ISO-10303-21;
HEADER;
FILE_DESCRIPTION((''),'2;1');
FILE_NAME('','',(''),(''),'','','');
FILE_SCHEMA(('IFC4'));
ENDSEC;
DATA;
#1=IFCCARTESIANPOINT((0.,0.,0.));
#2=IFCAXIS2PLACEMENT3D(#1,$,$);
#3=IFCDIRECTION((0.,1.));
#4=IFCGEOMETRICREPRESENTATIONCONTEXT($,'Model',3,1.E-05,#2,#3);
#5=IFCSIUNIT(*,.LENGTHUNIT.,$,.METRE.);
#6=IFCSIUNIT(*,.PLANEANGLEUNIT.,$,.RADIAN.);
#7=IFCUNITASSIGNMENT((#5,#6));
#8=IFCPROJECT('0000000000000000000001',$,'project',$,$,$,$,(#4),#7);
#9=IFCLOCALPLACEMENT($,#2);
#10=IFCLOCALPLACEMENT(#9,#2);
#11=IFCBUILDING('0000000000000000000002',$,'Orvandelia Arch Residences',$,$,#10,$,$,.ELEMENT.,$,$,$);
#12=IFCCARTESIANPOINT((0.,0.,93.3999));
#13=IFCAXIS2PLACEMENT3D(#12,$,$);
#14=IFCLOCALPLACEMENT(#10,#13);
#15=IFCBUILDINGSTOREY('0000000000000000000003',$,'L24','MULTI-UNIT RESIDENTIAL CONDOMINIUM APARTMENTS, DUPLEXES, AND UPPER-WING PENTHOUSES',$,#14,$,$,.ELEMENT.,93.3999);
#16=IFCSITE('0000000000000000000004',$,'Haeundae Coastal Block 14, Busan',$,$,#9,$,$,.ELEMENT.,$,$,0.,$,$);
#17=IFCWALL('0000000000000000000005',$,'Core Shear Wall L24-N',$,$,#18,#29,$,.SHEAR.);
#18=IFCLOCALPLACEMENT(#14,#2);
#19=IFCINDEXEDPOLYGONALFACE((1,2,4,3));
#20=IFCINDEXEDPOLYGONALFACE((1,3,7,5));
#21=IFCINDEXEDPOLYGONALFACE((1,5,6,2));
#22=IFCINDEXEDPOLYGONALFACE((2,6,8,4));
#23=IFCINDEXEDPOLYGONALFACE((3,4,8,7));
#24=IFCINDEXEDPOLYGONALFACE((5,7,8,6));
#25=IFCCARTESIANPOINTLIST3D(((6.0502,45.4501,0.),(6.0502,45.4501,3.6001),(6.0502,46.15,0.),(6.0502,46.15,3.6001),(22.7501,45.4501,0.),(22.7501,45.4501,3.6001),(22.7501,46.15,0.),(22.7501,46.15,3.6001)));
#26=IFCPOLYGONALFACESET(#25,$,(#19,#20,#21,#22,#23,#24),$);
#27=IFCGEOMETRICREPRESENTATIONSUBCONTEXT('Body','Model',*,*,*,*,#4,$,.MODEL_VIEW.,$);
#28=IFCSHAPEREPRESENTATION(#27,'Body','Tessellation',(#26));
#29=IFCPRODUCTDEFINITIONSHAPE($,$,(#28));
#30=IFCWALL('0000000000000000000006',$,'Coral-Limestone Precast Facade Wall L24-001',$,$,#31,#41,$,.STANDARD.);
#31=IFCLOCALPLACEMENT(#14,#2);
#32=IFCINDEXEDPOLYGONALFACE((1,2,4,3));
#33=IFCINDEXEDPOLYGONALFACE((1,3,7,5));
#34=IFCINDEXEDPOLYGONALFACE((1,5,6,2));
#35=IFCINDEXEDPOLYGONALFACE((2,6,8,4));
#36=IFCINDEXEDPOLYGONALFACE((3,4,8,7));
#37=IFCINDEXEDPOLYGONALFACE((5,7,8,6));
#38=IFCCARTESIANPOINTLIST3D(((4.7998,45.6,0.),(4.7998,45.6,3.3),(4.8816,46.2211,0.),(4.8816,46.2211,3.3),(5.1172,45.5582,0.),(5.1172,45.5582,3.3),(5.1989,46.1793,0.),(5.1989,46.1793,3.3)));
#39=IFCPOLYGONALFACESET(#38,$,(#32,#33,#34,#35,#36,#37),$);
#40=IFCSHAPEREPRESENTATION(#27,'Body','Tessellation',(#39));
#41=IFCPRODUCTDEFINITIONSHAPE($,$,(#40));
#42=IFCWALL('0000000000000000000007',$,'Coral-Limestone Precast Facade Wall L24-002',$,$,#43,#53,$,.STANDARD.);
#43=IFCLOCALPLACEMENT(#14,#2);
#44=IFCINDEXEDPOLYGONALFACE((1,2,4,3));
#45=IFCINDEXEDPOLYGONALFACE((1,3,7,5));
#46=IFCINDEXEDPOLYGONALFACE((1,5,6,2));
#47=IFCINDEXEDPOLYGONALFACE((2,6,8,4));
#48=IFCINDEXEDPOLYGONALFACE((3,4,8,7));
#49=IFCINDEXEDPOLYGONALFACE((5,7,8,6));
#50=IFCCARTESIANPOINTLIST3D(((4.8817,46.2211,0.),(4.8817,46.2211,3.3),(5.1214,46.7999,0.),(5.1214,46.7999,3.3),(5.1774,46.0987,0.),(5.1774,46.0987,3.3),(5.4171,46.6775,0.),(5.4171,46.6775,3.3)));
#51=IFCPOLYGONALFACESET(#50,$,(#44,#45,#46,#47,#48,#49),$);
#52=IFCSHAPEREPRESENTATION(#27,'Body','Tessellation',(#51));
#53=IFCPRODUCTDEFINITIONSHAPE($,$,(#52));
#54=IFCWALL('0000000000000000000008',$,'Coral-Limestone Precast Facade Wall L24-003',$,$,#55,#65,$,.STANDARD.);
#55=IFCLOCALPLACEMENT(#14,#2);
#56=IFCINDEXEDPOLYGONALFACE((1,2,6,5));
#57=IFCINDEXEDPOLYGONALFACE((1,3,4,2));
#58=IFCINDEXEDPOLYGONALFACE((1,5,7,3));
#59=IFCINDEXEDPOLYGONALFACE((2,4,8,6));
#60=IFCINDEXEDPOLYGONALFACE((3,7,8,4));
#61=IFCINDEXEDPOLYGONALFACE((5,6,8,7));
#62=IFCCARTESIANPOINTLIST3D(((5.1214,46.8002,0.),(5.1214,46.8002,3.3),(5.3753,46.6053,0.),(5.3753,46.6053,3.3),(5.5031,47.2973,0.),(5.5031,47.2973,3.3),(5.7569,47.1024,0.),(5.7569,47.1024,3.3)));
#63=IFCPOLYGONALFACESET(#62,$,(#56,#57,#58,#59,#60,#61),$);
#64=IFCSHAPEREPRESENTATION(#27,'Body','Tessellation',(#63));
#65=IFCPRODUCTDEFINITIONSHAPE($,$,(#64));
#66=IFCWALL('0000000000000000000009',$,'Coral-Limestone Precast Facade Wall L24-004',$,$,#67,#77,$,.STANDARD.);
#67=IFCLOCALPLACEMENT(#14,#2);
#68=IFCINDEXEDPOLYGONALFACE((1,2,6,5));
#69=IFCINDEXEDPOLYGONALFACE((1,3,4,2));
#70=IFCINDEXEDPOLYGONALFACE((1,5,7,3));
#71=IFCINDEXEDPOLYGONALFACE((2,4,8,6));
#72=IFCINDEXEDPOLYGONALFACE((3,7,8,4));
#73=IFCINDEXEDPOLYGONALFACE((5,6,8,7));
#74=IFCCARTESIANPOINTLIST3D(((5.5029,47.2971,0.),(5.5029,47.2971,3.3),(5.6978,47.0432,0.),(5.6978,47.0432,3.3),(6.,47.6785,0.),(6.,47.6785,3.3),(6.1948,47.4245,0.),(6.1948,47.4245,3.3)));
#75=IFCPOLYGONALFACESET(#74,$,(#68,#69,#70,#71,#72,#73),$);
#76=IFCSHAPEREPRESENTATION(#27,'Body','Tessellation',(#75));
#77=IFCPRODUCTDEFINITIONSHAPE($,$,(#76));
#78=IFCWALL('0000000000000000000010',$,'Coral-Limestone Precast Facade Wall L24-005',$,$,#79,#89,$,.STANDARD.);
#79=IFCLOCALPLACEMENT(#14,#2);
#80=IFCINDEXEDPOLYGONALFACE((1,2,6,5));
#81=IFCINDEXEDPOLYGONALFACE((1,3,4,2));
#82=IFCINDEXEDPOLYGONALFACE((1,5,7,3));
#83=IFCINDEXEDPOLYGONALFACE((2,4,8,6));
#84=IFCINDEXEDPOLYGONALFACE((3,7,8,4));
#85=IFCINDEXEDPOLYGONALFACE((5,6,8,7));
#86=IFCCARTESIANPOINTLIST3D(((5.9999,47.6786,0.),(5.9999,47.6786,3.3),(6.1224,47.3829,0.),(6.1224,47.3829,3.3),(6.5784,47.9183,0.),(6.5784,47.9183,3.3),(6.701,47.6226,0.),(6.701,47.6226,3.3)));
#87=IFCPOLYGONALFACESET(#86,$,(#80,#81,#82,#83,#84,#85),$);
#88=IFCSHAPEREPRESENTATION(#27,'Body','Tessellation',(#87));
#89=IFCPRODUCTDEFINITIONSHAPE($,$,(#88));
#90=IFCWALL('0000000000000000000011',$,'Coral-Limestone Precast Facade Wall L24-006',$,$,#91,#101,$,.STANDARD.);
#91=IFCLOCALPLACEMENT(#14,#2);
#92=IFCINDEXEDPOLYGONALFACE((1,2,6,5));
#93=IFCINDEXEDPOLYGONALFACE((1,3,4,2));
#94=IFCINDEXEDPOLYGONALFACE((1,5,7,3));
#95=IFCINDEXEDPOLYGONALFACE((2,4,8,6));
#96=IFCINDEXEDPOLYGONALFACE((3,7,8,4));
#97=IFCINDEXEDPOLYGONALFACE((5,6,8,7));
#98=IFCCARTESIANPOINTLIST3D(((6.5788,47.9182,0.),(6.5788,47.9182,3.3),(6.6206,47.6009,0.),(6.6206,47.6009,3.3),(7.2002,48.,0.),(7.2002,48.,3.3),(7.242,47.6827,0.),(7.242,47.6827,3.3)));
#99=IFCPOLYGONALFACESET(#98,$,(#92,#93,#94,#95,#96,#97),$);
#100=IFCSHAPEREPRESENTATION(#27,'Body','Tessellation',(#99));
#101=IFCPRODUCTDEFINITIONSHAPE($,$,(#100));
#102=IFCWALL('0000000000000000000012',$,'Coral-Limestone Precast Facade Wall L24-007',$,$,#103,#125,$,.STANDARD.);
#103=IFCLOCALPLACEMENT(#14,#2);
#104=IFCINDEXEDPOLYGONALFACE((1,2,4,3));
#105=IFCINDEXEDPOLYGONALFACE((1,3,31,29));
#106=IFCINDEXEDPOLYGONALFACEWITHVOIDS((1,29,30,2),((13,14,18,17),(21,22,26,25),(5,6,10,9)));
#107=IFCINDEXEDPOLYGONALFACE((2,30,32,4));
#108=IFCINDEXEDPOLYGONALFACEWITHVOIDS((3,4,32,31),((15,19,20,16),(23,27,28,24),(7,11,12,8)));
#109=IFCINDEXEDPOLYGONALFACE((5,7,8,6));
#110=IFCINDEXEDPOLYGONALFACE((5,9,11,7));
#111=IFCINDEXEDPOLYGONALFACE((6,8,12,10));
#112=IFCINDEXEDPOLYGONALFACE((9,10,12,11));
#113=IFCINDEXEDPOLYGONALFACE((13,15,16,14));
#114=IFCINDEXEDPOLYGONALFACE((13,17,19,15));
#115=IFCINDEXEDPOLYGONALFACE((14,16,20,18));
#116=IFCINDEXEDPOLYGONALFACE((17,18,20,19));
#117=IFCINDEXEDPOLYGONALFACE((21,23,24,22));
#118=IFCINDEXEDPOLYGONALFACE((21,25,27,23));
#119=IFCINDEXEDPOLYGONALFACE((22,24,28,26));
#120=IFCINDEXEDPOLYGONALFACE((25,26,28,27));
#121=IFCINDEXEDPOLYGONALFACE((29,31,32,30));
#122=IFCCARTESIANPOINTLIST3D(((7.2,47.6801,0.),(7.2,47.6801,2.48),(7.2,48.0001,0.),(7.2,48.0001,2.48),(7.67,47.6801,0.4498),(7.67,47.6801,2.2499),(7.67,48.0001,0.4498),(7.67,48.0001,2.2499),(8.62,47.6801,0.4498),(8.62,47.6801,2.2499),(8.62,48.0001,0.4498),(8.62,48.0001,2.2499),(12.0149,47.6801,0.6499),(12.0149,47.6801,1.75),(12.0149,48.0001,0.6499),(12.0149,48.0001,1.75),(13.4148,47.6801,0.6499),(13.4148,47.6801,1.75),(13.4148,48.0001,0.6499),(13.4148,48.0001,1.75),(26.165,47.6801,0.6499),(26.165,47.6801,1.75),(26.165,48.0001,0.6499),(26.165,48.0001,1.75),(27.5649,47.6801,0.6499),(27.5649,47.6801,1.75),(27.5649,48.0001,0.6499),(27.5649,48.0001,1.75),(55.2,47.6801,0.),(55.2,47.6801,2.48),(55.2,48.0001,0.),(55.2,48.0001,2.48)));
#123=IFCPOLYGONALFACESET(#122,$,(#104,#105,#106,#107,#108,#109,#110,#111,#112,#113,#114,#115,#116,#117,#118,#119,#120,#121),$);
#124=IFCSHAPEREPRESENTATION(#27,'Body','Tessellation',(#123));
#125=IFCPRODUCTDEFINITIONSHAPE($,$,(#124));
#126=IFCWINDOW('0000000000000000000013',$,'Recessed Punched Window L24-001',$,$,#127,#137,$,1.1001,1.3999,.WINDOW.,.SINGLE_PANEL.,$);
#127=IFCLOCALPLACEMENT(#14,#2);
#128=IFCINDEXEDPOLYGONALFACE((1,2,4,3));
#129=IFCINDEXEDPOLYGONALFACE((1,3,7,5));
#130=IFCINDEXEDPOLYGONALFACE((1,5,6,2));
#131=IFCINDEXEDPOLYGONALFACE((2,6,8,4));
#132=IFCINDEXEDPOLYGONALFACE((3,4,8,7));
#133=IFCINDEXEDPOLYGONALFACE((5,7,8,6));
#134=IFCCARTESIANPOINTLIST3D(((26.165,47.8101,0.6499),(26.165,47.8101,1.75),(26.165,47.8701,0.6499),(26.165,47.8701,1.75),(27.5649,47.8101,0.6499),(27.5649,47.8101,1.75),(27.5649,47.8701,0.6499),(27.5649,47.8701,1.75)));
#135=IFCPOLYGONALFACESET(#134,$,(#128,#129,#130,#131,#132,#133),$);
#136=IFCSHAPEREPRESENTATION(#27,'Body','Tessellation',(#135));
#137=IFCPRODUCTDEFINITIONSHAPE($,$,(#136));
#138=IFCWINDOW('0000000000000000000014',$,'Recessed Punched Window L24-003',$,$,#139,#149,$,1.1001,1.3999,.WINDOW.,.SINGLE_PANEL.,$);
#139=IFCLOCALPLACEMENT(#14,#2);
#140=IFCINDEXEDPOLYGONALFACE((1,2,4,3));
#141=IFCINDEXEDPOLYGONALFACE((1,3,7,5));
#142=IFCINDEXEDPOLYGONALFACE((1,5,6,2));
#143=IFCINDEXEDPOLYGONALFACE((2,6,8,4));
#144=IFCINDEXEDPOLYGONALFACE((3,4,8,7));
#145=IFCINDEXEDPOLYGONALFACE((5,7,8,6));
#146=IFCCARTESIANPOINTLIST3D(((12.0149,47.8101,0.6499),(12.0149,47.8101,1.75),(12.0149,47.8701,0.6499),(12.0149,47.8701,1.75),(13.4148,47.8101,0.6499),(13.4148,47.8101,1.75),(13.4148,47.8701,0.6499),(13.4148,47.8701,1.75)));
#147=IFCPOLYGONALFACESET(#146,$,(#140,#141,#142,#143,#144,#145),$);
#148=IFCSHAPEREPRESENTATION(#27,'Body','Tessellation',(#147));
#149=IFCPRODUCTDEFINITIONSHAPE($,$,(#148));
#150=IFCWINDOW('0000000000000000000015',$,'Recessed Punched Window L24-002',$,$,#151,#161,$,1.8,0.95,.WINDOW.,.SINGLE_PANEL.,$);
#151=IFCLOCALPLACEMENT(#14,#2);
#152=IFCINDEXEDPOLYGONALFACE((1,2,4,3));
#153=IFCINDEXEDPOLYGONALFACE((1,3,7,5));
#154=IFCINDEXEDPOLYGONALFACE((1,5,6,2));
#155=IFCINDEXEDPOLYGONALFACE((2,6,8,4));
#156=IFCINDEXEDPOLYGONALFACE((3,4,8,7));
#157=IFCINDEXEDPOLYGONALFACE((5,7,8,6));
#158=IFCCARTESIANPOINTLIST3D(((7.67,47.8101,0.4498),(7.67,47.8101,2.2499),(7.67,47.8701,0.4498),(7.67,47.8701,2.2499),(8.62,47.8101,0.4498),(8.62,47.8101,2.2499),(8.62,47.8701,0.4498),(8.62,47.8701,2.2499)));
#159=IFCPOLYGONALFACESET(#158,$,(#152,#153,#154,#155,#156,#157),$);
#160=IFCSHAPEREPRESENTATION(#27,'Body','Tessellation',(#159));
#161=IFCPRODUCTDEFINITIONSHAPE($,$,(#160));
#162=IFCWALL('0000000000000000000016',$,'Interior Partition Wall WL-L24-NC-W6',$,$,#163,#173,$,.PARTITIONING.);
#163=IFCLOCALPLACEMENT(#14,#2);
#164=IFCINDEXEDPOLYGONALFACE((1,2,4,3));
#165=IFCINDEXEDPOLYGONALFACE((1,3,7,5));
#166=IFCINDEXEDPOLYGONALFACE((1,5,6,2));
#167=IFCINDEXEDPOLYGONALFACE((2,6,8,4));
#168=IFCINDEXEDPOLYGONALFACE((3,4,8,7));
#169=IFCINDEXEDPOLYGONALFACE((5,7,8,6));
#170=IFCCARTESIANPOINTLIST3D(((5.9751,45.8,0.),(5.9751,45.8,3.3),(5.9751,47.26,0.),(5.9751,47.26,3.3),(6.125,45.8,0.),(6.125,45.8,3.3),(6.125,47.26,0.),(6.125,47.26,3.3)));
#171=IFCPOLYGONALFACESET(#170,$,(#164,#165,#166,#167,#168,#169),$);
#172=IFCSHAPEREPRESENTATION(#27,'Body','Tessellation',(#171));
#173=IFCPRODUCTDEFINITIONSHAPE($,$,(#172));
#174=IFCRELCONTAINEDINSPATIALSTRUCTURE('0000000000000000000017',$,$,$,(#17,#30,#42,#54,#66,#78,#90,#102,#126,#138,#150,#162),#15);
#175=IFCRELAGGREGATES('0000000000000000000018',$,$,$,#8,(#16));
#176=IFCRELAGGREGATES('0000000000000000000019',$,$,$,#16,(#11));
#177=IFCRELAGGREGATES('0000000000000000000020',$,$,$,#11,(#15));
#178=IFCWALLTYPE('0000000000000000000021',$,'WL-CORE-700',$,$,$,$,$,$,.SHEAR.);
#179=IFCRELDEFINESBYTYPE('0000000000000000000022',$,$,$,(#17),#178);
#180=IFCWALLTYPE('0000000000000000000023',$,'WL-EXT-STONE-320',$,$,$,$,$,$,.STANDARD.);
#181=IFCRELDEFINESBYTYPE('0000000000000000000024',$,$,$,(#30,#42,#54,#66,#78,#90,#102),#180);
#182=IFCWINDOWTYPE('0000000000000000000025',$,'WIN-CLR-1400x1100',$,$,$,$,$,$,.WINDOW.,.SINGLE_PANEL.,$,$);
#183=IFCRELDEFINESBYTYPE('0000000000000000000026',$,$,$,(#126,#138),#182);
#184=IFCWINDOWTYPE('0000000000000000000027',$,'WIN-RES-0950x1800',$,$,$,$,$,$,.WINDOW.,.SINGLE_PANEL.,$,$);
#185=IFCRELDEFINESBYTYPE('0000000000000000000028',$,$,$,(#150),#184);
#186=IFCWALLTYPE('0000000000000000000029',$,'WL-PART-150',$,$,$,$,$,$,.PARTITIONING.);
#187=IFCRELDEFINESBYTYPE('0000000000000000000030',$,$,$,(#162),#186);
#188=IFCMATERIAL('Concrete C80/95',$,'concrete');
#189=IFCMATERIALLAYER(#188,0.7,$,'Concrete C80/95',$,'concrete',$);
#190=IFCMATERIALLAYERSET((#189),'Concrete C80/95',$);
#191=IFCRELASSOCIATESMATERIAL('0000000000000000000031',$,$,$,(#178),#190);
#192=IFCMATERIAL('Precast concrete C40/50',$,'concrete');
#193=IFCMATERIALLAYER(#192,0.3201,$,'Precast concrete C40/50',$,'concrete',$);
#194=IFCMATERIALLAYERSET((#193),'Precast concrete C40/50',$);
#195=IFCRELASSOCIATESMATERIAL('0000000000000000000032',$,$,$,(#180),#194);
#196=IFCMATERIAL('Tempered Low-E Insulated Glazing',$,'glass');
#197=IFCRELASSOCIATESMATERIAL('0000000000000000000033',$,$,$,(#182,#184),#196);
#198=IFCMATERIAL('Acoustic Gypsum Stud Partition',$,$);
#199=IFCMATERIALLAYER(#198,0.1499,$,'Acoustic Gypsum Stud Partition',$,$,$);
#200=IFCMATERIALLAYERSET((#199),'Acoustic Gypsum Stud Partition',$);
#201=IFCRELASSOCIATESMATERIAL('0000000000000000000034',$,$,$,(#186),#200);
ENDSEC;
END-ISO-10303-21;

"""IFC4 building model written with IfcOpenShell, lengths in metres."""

from ifc_helpers import new_model, si_unit, direction, frame, frame_2d, origin, place, context, subcontext, project, spatial, rectangle, extrude, material, layer, layer_set, type_object, element, fill, save


model = new_model("IFC4")

# Units and contexts
model_context = context("Model", 3, precision=1e-05, world=origin(), true_north=direction((0.0, 1.0)))
body_context = subcontext(model_context, "Body", "Model", "MODEL_VIEW")
ifc_project = project(units=[si_unit("LENGTHUNIT", "METRE"), si_unit("PLANEANGLEUNIT", "RADIAN")], contexts=[model_context])

# Site, building, storey
site_placement = place(None, origin())
site = spatial("IfcSite", under=ifc_project, at=site_placement, Name="Haeundae Coastal Block 14, Busan", CompositionType="ELEMENT", RefElevation=0.0)
building_placement = place(site_placement, origin())
building = spatial("IfcBuilding", under=site, at=building_placement, Name="Orvandelia Arch Residences", CompositionType="ELEMENT")
storey_placement = place(building_placement, frame((0.0, 0.0, 93.3999)))
storey = spatial("IfcBuildingStorey", under=building, at=storey_placement, Name="L24", Description="MULTI-UNIT RESIDENTIAL CONDOMINIUM APARTMENTS, DUPLEXES, AND UPPER-WING PENTHOUSES", CompositionType="ELEMENT", Elevation=93.3999)

# Shared definitions
ifc_material_1 = material(Name="Concrete C80/95", Category="concrete")

# Walls
ifc_layer_1 = layer(ifc_material_1, 0.7, Name="Concrete C80/95", Category="concrete")
ifc_layer_set_1 = layer_set([ifc_layer_1], Name="Concrete C80/95")
wall_type_1 = type_object("IfcWallType", Name="WL-CORE-700", PredefinedType="SHEAR", material=ifc_layer_set_1)
wall_1_placement = place(storey_placement, frame((6.05, 45.8, 0.0), z_axis=(0.0, 0.0, 1.0), x_axis=(1.0, 0.0, 0.0)))
element("IfcWall", 1, at=wall_1_placement, inside=storey, type_object=wall_type_1, Name="Core Shear Wall L24-N", PredefinedType="SHEAR", context=body_context, shape_type="SweptSolid", body=[
    extrude(rectangle(XDim=16.7, YDim=0.7, at=frame_2d((8.3501, 0.0))), origin(), (0.0, 0.0, 1.0), 3.6001),
])
ifc_material_2 = material(Name="Precast concrete C40/50", Category="concrete")
ifc_layer_2 = layer(ifc_material_2, 0.3201, Name="Precast concrete C40/50", Category="concrete")
ifc_layer_set_2 = layer_set([ifc_layer_2], Name="Precast concrete C40/50")
wall_type_2 = type_object("IfcWallType", Name="WL-EXT-STONE-320", PredefinedType="STANDARD", material=ifc_layer_set_2)
for number, where, z_axis, x_axis, name in (
    (2, (4.9585, 45.5791, 0.0), (0.0, 0.0, 1.0), (0.130555, 0.991441, 0.0), "Coral-Limestone Precast Facade Wall L24-001"),
    (3, (5.0295, 46.1599, 0.0), (0.0, 0.0, 1.0), (0.38265, 0.923893, 0.0), "Coral-Limestone Precast Facade Wall L24-002"),
):
    element("IfcWall", number, at=place(storey_placement, frame(where, z_axis=z_axis, x_axis=x_axis)), inside=storey, type_object=wall_type_2, Name=name, PredefinedType="STANDARD", context=body_context, shape_type="SweptSolid", body=[
        extrude(rectangle(XDim=0.6265, YDim=0.3201, at=frame_2d((0.3132, 0.0))), origin(), (0.0, 0.0, 1.0), 3.3),
    ])
wall_2_placement = place(storey_placement, frame((5.2483, 46.7026, 0.0), z_axis=(0.0, 0.0, 1.0), x_axis=(0.608939, 0.793217, 0.0)))
element("IfcWall", 4, at=wall_2_placement, inside=storey, type_object=wall_type_2, Name="Coral-Limestone Precast Facade Wall L24-003", PredefinedType="STANDARD", context=body_context, shape_type="SweptSolid", body=[
    extrude(rectangle(XDim=0.6267, YDim=0.3201, at=frame_2d((0.3135, 0.0))), origin(), (0.0, 0.0, 1.0), 3.3),
])
wall_3_placement = place(storey_placement, frame((5.6003, 47.1702, 0.0), z_axis=(0.0, 0.0, 1.0), x_axis=(0.793406, 0.608693, 0.0)))
element("IfcWall", 5, at=wall_3_placement, inside=storey, type_object=wall_type_2, Name="Coral-Limestone Precast Facade Wall L24-004", PredefinedType="STANDARD", context=body_context, shape_type="SweptSolid", body=[
    extrude(rectangle(XDim=0.6265, YDim=0.3201, at=frame_2d((0.3132, 0.0))), origin(), (0.0, 0.0, 1.0), 3.3),
])
wall_4_placement = place(storey_placement, frame((6.0613, 47.5308, 0.0), z_axis=(0.0, 0.0, 1.0), x_axis=(0.923836, 0.382788, 0.0)))
element("IfcWall", 6, at=wall_4_placement, inside=storey, type_object=wall_type_2, Name="Coral-Limestone Precast Facade Wall L24-005", PredefinedType="STANDARD", context=body_context, shape_type="SweptSolid", body=[
    extrude(rectangle(XDim=0.6262, YDim=0.3201, at=frame_2d((0.313, 0.0))), origin(), (0.0, 0.0, 1.0), 3.3),
])
wall_5_placement = place(storey_placement, frame((6.5996, 47.7595, 0.0), z_axis=(0.0, 0.0, 1.0), x_axis=(0.991448, 0.130505, 0.0)))
element("IfcWall", 7, at=wall_5_placement, inside=storey, type_object=wall_type_2, Name="Coral-Limestone Precast Facade Wall L24-006", PredefinedType="STANDARD", context=body_context, shape_type="SweptSolid", body=[
    extrude(rectangle(XDim=0.6267, YDim=0.3201, at=frame_2d((0.3135, 0.0))), origin(), (0.0, 0.0, 1.0), 3.3),
])

# Wall, openings, windows
wall_6_placement = place(storey_placement, frame((7.2, 47.8401, 0.0), z_axis=(0.0, 0.0, 1.0), x_axis=(1.0, 0.0, 0.0)))
wall_6 = element("IfcWall", 8, at=wall_6_placement, inside=storey, type_object=wall_type_2, Name="Coral-Limestone Precast Facade Wall L24-007", PredefinedType="STANDARD", context=body_context, shape_type="SweptSolid", body=[
    extrude(rectangle(XDim=48.0, YDim=0.3201, at=frame_2d((24.0, 0.0))), origin(), (0.0, 0.0, 1.0), 2.48),
])
opening_1_placement = place(wall_6_placement, frame((18.9651, 0.0, 0.6499)))
opening_1 = element("IfcOpeningElement", 9, at=opening_1_placement, cuts=wall_6, PredefinedType="OPENING", context=body_context, shape_type="SweptSolid", body=[
    extrude(rectangle(XDim=1.3999, YDim=1.1001, at=frame_2d((0.7, 0.55))), frame((0.0, 0.1699, 0.0), z_axis=(0.0, -1.0, 0.0), x_axis=(1.0, 0.0, 0.0)), (0.0, 0.0, 1.0), 0.3401),
])
opening_2_placement = place(wall_6_placement, frame((0.47, 0.0, 0.45)))
opening_2 = element("IfcOpeningElement", 10, at=opening_2_placement, cuts=wall_6, PredefinedType="OPENING", context=body_context, shape_type="SweptSolid", body=[
    extrude(rectangle(XDim=0.95, YDim=1.8, at=frame_2d((0.4751, 0.8999))), frame((0.0, 0.1699, 0.0), z_axis=(0.0, -1.0, 0.0), x_axis=(1.0, 0.0, 0.0)), (0.0, 0.0, 1.0), 0.3401),
])
opening_3_placement = place(wall_6_placement, frame((4.8149, 0.0, 0.6499)))
opening_3 = element("IfcOpeningElement", 11, at=opening_3_placement, cuts=wall_6, PredefinedType="OPENING", context=body_context, shape_type="SweptSolid", body=[
    extrude(rectangle(XDim=1.3999, YDim=1.1001, at=frame_2d((0.7, 0.55))), frame((0.0, 0.1699, 0.0), z_axis=(0.0, -1.0, 0.0), x_axis=(1.0, 0.0, 0.0)), (0.0, 0.0, 1.0), 0.3401),
])
ifc_material_3 = material(Name="Tempered Low-E Insulated Glazing", Category="glass")
window_type_1 = type_object("IfcWindowType", Name="WIN-CLR-1400x1100", PartitioningType="SINGLE_PANEL", PredefinedType="WINDOW", material=ifc_material_3)
window_1_placement = place(opening_1_placement, origin())
window_1 = element("IfcWindow", 12, at=window_1_placement, inside=storey, type_object=window_type_1, Name="Recessed Punched Window L24-001", OverallHeight=1.1001, OverallWidth=1.3999, PartitioningType="SINGLE_PANEL", PredefinedType="WINDOW", context=body_context, shape_type="SweptSolid", body=[
    extrude(rectangle(XDim=1.3999, YDim=1.1001, at=frame_2d((0.7, 0.55))), frame((0.0, 0.03, 0.0), z_axis=(0.0, -1.0, 0.0), x_axis=(1.0, 0.0, 0.0)), (0.0, 0.0, 1.0), 0.0601),
])
fill(opening_1, window_1)
window_2_placement = place(opening_3_placement, origin())
window_2 = element("IfcWindow", 13, at=window_2_placement, inside=storey, type_object=window_type_1, Name="Recessed Punched Window L24-003", OverallHeight=1.1001, OverallWidth=1.3999, PartitioningType="SINGLE_PANEL", PredefinedType="WINDOW", context=body_context, shape_type="SweptSolid", body=[
    extrude(rectangle(XDim=1.3999, YDim=1.1001, at=frame_2d((0.7, 0.55))), frame((0.0, 0.03, 0.0), z_axis=(0.0, -1.0, 0.0), x_axis=(1.0, 0.0, 0.0)), (0.0, 0.0, 1.0), 0.0601),
])
fill(opening_3, window_2)
window_type_2 = type_object("IfcWindowType", Name="WIN-RES-0950x1800", PartitioningType="SINGLE_PANEL", PredefinedType="WINDOW", material=ifc_material_3)
window_3_placement = place(opening_2_placement, origin())
window_3 = element("IfcWindow", 14, at=window_3_placement, inside=storey, type_object=window_type_2, Name="Recessed Punched Window L24-002", OverallHeight=1.8, OverallWidth=0.95, PartitioningType="SINGLE_PANEL", PredefinedType="WINDOW", context=body_context, shape_type="SweptSolid", body=[
    extrude(rectangle(XDim=0.95, YDim=1.8, at=frame_2d((0.4751, 0.8999))), frame((0.0, 0.03, 0.0), z_axis=(0.0, -1.0, 0.0), x_axis=(1.0, 0.0, 0.0)), (0.0, 0.0, 1.0), 0.0601),
])
fill(opening_2, window_3)

# Wall
ifc_material_4 = material(Name="Acoustic Gypsum Stud Partition")
ifc_layer_3 = layer(ifc_material_4, 0.1499, Name="Acoustic Gypsum Stud Partition")
ifc_layer_set_3 = layer_set([ifc_layer_3], Name="Acoustic Gypsum Stud Partition")
wall_type_3 = type_object("IfcWallType", Name="WL-PART-150", PredefinedType="PARTITIONING", material=ifc_layer_set_3)
wall_7_placement = place(storey_placement, frame((6.05, 45.8, 0.0), z_axis=(0.0, 0.0, 1.0), x_axis=(0.0, 1.0, 0.0)))
element("IfcWall", 15, at=wall_7_placement, inside=storey, type_object=wall_type_3, Name="Interior Partition Wall WL-L24-NC-W6", PredefinedType="PARTITIONING", context=body_context, shape_type="SweptSolid", body=[
    extrude(rectangle(XDim=1.46, YDim=0.1499, at=frame_2d((0.73, 0.0))), origin(), (0.0, 0.0, 1.0), 3.3),
])

save(model, "model.ifc")
